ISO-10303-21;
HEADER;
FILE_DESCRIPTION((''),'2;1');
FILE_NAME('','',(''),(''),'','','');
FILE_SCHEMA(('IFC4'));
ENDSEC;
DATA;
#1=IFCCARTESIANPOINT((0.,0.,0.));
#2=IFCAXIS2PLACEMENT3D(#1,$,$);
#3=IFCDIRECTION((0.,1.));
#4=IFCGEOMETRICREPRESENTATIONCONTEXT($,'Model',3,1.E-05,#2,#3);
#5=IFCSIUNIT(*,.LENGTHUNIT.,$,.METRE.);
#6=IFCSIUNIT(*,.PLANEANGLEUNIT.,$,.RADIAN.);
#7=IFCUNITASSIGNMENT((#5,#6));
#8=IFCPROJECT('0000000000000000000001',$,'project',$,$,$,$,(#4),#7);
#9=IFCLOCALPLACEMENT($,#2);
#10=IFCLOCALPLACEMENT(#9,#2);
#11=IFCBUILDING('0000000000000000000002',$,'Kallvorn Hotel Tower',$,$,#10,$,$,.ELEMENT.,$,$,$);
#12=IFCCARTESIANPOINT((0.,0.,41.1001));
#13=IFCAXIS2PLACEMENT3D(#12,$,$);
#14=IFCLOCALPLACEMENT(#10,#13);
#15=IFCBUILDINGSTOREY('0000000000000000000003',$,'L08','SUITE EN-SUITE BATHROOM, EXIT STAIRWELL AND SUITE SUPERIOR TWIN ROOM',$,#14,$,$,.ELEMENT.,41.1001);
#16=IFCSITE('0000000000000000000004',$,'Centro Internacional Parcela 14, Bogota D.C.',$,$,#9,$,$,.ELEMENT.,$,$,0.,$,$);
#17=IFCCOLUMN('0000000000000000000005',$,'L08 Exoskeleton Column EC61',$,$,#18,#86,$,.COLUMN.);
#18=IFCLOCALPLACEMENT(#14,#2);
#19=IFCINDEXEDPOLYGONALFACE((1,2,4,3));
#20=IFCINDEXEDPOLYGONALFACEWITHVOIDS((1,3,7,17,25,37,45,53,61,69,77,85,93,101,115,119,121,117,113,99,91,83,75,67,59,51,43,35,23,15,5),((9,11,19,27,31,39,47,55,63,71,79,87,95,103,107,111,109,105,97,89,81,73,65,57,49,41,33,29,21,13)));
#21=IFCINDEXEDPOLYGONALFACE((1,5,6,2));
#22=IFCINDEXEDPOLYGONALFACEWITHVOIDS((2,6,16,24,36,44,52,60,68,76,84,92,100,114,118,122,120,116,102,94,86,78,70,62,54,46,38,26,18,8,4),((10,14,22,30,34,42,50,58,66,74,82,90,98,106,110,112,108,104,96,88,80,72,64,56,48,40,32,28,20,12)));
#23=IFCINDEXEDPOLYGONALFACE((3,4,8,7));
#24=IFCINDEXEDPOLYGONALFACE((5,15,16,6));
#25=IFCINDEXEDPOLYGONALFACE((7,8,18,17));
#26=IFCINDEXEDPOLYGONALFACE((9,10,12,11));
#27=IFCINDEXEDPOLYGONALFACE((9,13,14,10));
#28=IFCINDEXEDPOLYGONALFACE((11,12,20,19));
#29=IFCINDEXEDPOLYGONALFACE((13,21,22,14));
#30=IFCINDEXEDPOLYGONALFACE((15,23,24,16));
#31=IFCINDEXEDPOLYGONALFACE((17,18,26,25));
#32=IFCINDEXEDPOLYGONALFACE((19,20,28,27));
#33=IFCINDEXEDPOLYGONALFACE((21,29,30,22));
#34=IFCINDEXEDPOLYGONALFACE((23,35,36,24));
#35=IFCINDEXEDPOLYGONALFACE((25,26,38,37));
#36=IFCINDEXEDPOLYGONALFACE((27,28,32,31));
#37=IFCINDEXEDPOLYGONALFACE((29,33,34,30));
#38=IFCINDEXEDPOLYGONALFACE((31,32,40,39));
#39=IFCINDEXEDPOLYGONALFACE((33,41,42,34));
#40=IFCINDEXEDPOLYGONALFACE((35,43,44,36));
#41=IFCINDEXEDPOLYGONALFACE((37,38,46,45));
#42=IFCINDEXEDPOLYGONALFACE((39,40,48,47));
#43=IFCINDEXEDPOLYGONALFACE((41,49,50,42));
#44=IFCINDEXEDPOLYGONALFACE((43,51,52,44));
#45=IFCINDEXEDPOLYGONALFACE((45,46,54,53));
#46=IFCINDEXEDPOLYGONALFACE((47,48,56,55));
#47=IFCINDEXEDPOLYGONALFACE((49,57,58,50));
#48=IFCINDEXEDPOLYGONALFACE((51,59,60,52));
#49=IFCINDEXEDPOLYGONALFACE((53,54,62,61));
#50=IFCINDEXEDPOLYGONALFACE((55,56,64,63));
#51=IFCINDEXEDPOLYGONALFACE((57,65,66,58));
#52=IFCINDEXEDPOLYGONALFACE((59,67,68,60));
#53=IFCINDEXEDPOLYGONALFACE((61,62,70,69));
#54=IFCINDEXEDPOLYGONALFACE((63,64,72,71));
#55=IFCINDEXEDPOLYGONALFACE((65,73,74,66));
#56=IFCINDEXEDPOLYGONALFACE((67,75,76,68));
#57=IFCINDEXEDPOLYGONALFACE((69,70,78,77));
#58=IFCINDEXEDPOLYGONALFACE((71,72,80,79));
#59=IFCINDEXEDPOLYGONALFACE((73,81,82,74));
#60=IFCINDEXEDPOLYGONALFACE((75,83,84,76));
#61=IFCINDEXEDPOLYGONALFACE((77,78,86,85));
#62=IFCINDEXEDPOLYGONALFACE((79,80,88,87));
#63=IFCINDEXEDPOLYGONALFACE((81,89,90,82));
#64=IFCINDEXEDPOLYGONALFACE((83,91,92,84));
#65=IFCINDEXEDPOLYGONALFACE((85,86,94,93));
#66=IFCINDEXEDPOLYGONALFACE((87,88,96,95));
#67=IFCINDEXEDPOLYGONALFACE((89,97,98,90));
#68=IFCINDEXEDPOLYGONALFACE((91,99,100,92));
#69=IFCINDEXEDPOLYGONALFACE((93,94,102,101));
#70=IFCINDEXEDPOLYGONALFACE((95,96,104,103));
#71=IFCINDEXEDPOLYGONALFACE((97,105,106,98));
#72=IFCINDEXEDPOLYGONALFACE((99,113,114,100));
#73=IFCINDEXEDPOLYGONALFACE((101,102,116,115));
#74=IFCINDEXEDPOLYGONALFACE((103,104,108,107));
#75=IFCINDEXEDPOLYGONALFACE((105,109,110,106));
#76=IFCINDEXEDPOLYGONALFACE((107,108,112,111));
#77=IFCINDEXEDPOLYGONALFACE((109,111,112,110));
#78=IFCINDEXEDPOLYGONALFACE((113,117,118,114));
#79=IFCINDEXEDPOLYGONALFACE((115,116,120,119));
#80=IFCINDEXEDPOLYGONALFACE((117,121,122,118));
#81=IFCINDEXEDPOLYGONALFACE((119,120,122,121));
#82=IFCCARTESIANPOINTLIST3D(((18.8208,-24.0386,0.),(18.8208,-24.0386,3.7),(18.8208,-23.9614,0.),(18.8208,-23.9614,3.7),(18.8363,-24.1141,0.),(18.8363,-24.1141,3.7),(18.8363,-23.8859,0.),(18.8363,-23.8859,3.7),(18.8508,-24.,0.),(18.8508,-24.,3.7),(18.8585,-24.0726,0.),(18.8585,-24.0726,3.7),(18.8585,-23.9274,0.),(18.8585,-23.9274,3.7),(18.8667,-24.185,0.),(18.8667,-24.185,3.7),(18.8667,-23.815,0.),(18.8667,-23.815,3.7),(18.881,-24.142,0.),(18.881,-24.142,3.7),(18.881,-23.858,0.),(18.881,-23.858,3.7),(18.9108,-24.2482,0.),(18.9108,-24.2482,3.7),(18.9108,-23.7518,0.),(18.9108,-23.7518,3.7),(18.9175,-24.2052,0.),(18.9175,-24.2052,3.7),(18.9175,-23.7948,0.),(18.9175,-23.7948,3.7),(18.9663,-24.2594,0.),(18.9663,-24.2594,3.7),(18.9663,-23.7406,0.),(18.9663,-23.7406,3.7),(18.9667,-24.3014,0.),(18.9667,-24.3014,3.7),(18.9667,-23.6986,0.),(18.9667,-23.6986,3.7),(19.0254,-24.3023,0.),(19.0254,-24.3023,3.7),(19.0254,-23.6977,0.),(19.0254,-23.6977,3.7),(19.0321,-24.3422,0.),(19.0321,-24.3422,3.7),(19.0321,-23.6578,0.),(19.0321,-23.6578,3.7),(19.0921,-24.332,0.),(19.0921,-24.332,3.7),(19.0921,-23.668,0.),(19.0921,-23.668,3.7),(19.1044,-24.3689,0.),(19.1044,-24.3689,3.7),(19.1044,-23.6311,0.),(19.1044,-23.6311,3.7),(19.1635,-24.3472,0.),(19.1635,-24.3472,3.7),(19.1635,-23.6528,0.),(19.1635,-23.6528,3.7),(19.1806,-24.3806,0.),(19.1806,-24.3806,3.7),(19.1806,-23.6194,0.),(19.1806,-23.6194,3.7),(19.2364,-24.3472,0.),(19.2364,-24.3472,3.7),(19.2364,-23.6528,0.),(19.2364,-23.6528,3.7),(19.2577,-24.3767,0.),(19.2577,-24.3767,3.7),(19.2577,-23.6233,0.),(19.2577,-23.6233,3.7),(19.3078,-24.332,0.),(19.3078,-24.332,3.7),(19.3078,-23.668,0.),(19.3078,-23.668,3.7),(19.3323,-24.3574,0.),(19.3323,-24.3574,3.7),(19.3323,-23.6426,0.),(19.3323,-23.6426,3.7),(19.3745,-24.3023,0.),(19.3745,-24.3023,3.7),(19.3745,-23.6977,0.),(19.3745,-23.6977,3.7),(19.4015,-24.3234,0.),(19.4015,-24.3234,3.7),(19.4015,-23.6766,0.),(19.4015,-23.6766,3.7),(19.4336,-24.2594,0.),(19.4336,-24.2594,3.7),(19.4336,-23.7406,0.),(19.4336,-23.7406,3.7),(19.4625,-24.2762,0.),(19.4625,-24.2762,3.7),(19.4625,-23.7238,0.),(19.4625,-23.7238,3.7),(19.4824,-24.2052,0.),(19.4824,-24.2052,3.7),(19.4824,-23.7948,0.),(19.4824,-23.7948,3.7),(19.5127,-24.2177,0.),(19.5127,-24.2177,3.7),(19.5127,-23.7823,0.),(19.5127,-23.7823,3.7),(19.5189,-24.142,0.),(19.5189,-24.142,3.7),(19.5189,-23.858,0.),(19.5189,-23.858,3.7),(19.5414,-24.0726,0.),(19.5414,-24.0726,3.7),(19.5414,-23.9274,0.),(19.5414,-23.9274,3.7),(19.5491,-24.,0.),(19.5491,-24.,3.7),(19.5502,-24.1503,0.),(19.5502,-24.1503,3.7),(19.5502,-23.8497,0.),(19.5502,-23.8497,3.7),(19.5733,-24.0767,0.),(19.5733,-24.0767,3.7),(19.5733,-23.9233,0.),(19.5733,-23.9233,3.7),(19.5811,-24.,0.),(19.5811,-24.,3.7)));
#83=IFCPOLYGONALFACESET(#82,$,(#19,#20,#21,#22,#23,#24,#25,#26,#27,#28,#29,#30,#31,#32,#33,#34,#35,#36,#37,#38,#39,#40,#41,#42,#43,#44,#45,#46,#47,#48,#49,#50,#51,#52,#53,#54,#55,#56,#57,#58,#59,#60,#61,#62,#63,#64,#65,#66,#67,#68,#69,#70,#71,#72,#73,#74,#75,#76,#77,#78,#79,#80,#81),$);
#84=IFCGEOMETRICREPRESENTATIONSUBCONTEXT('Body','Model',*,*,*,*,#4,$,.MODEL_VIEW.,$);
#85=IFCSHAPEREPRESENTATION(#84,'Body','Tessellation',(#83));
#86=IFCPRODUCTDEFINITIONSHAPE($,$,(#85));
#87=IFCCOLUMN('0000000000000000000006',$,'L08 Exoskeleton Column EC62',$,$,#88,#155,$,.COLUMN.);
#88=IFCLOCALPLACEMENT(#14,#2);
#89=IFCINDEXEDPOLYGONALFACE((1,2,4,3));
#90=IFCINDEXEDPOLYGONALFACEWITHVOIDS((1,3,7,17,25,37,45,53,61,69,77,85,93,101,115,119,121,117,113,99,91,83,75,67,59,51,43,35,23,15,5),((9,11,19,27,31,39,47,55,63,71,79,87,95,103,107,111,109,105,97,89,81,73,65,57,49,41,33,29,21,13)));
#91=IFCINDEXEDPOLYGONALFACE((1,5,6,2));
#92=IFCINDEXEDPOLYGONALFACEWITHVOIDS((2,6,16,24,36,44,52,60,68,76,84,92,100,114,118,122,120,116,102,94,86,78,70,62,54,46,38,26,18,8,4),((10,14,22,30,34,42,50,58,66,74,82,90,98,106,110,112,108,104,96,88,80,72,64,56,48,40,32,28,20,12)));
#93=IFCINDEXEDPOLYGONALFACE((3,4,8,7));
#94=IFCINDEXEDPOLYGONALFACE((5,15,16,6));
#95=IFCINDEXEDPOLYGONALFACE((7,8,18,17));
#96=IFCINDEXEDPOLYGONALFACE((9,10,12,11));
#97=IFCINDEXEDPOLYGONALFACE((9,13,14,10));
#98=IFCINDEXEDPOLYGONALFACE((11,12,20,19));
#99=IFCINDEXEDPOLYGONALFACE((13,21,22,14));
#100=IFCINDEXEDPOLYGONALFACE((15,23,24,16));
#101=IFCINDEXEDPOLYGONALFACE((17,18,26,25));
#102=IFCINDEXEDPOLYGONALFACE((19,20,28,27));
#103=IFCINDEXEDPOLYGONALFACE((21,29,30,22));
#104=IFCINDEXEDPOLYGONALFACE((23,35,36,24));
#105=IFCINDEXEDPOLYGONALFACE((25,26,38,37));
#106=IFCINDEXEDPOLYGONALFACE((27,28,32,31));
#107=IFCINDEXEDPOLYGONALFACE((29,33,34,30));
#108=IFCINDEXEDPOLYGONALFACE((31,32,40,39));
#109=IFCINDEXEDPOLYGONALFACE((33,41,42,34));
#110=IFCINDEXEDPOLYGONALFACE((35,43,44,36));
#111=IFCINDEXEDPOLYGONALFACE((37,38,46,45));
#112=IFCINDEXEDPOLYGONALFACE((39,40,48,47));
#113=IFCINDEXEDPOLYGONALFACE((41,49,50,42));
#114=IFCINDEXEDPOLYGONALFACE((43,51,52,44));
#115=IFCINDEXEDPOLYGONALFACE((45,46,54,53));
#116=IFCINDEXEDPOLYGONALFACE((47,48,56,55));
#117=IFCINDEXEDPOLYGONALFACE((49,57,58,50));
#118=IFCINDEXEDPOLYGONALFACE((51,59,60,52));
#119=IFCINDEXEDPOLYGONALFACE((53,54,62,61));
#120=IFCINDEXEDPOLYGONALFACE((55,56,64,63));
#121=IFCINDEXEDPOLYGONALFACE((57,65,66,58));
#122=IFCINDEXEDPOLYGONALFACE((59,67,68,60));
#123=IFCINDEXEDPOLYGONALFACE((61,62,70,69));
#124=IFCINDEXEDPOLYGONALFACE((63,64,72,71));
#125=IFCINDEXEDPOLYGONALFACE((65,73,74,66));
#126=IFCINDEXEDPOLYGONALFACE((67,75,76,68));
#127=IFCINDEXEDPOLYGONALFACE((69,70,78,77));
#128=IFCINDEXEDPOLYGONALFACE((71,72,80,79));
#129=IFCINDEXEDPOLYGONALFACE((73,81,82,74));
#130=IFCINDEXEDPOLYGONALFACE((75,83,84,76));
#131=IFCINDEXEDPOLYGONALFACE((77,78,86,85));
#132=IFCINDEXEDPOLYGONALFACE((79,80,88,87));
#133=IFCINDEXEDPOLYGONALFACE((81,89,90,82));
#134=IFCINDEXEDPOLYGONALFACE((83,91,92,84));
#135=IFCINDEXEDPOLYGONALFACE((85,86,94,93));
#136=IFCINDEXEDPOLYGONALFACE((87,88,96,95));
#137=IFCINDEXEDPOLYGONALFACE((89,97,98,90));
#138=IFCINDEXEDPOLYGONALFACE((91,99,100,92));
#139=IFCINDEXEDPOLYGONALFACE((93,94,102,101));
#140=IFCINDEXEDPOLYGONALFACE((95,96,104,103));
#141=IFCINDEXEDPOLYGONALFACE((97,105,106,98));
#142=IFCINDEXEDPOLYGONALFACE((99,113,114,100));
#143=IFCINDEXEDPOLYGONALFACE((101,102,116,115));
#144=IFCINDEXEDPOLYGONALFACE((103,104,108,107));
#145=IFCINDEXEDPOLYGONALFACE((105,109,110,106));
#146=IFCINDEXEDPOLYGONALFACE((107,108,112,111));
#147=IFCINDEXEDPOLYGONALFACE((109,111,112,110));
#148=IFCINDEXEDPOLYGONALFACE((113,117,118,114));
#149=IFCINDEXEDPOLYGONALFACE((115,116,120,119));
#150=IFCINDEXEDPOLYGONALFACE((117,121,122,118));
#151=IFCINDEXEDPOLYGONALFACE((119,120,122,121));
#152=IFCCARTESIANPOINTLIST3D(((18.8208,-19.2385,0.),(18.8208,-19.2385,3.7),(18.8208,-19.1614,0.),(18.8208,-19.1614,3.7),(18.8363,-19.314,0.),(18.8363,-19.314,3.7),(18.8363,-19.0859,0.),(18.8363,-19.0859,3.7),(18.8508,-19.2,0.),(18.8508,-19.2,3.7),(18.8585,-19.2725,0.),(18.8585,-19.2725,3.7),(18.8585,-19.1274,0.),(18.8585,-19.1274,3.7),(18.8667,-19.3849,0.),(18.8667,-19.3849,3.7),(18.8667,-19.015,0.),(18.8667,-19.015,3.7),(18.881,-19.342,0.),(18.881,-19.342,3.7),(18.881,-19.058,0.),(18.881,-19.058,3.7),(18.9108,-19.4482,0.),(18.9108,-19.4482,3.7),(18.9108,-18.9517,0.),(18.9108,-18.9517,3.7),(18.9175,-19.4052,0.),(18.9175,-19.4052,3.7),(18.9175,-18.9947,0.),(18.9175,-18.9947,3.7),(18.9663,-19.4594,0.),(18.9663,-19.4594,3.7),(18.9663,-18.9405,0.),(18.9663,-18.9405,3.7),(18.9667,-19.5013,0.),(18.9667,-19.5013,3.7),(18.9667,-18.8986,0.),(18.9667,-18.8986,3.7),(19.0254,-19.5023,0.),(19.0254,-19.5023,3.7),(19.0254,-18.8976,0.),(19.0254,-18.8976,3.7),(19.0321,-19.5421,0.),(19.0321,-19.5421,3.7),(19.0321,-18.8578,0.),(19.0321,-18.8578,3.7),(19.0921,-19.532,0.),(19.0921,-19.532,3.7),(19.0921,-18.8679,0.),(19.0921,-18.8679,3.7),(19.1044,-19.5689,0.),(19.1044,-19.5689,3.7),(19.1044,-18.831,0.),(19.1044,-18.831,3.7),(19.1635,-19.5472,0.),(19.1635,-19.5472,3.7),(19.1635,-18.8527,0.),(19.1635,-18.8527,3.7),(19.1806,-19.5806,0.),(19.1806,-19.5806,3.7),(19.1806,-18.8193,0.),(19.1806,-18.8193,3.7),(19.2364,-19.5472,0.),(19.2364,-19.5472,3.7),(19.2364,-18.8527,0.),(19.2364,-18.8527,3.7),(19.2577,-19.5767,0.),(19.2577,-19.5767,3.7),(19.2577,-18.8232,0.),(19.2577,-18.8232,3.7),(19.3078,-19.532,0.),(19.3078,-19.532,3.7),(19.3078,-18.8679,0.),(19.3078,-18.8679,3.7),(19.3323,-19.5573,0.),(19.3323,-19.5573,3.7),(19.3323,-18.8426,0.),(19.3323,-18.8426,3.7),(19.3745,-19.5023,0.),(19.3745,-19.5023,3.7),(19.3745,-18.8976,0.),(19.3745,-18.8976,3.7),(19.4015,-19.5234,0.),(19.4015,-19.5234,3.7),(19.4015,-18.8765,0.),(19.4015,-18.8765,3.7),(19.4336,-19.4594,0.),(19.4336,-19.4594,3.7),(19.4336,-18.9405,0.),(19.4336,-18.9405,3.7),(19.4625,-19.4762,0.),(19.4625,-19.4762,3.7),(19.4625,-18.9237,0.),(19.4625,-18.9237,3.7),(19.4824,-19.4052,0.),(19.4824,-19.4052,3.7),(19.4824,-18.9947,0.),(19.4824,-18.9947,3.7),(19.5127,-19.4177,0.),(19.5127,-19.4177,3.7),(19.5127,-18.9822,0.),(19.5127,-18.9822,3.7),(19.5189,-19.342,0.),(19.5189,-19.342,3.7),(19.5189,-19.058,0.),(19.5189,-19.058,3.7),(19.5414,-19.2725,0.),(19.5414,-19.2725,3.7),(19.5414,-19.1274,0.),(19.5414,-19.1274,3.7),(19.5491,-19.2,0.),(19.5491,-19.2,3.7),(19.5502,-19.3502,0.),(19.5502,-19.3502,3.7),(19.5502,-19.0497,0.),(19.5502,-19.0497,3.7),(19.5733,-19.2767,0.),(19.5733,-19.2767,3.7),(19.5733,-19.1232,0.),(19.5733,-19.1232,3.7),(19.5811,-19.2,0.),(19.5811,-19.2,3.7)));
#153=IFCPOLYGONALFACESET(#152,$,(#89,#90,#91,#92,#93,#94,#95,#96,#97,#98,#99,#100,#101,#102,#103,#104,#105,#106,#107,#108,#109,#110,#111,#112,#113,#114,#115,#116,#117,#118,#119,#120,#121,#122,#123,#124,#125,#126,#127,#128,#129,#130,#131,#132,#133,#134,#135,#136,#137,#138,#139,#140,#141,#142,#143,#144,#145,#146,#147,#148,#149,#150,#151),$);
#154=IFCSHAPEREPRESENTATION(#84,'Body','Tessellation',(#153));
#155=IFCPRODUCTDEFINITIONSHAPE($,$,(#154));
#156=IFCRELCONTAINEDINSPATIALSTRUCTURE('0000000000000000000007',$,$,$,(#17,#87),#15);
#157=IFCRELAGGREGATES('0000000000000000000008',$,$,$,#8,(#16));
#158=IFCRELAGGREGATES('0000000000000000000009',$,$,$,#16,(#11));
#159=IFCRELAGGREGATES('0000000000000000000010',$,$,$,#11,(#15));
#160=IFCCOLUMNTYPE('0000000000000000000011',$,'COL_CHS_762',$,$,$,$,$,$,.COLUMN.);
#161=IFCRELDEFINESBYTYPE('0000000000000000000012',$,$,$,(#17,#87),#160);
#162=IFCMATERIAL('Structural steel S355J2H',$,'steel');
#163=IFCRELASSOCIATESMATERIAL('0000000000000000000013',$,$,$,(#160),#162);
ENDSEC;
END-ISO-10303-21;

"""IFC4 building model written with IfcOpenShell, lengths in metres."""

from ifc_helpers import new_model, si_unit, direction, frame, origin, origin_2d, place, context, subcontext, project, spatial, hollow_circle, extrude, material, material_profile, profile_set, type_object, element, save


model = new_model("IFC4")

# Units and contexts
model_context = context("Model", 3, precision=1e-05, world=origin(), true_north=direction((0.0, 1.0)))
body_context = subcontext(model_context, "Body", "Model", "MODEL_VIEW")
ifc_project = project(units=[si_unit("LENGTHUNIT", "METRE"), si_unit("PLANEANGLEUNIT", "RADIAN")], contexts=[model_context])

# Site, building, storey
site_placement = place(None, origin())
site = spatial("IfcSite", under=ifc_project, at=site_placement, Name="Centro Internacional Parcela 14, Bogota D.C.", CompositionType="ELEMENT", RefElevation=0.0)
building_placement = place(site_placement, origin())
building = spatial("IfcBuilding", under=site, at=building_placement, Name="Kallvorn Hotel Tower", CompositionType="ELEMENT")
storey_placement = place(building_placement, frame((0.0, 0.0, 41.1001)))
storey = spatial("IfcBuildingStorey", under=building, at=storey_placement, Name="L08", Description="SUITE EN-SUITE BATHROOM, EXIT STAIRWELL AND SUITE SUPERIOR TWIN ROOM", CompositionType="ELEMENT", Elevation=41.1001)

# Columns
ifc_material_1 = material(Name="Structural steel S355J2H", Category="steel")
ifc_material_profile_1 = material_profile(ifc_material_1, hollow_circle(Radius=0.3811, WallThickness=0.032, at=origin_2d()), Name="CHS 762x32")
ifc_profile_set_1 = profile_set([ifc_material_profile_1], Name="Structural steel S355J2H")
column_type = type_object("IfcColumnType", Name="COL_CHS_762", PredefinedType="COLUMN", material=ifc_profile_set_1)
for number, where, z_axis, x_axis, name in (
    (1, (19.2, -24.0, 0.0), (0.0, 0.0, 1.0), (1.0, 0.0, 0.0), "L08 Exoskeleton Column EC61"),
    (2, (19.2, -19.2, 0.0), (0.0, 0.0, 1.0), (1.0, 0.0, 0.0), "L08 Exoskeleton Column EC62"),
):
    element("IfcColumn", number, at=place(storey_placement, frame(where, z_axis=z_axis, x_axis=x_axis)), inside=storey, type_object=column_type, Name=name, PredefinedType="COLUMN", context=body_context, shape_type="SweptSolid", body=[
        extrude(hollow_circle(Radius=0.3811, WallThickness=0.032, at=origin_2d()), origin(), (0.0, 0.0, 1.0), 3.7),
    ])

save(model, "model.ifc")
